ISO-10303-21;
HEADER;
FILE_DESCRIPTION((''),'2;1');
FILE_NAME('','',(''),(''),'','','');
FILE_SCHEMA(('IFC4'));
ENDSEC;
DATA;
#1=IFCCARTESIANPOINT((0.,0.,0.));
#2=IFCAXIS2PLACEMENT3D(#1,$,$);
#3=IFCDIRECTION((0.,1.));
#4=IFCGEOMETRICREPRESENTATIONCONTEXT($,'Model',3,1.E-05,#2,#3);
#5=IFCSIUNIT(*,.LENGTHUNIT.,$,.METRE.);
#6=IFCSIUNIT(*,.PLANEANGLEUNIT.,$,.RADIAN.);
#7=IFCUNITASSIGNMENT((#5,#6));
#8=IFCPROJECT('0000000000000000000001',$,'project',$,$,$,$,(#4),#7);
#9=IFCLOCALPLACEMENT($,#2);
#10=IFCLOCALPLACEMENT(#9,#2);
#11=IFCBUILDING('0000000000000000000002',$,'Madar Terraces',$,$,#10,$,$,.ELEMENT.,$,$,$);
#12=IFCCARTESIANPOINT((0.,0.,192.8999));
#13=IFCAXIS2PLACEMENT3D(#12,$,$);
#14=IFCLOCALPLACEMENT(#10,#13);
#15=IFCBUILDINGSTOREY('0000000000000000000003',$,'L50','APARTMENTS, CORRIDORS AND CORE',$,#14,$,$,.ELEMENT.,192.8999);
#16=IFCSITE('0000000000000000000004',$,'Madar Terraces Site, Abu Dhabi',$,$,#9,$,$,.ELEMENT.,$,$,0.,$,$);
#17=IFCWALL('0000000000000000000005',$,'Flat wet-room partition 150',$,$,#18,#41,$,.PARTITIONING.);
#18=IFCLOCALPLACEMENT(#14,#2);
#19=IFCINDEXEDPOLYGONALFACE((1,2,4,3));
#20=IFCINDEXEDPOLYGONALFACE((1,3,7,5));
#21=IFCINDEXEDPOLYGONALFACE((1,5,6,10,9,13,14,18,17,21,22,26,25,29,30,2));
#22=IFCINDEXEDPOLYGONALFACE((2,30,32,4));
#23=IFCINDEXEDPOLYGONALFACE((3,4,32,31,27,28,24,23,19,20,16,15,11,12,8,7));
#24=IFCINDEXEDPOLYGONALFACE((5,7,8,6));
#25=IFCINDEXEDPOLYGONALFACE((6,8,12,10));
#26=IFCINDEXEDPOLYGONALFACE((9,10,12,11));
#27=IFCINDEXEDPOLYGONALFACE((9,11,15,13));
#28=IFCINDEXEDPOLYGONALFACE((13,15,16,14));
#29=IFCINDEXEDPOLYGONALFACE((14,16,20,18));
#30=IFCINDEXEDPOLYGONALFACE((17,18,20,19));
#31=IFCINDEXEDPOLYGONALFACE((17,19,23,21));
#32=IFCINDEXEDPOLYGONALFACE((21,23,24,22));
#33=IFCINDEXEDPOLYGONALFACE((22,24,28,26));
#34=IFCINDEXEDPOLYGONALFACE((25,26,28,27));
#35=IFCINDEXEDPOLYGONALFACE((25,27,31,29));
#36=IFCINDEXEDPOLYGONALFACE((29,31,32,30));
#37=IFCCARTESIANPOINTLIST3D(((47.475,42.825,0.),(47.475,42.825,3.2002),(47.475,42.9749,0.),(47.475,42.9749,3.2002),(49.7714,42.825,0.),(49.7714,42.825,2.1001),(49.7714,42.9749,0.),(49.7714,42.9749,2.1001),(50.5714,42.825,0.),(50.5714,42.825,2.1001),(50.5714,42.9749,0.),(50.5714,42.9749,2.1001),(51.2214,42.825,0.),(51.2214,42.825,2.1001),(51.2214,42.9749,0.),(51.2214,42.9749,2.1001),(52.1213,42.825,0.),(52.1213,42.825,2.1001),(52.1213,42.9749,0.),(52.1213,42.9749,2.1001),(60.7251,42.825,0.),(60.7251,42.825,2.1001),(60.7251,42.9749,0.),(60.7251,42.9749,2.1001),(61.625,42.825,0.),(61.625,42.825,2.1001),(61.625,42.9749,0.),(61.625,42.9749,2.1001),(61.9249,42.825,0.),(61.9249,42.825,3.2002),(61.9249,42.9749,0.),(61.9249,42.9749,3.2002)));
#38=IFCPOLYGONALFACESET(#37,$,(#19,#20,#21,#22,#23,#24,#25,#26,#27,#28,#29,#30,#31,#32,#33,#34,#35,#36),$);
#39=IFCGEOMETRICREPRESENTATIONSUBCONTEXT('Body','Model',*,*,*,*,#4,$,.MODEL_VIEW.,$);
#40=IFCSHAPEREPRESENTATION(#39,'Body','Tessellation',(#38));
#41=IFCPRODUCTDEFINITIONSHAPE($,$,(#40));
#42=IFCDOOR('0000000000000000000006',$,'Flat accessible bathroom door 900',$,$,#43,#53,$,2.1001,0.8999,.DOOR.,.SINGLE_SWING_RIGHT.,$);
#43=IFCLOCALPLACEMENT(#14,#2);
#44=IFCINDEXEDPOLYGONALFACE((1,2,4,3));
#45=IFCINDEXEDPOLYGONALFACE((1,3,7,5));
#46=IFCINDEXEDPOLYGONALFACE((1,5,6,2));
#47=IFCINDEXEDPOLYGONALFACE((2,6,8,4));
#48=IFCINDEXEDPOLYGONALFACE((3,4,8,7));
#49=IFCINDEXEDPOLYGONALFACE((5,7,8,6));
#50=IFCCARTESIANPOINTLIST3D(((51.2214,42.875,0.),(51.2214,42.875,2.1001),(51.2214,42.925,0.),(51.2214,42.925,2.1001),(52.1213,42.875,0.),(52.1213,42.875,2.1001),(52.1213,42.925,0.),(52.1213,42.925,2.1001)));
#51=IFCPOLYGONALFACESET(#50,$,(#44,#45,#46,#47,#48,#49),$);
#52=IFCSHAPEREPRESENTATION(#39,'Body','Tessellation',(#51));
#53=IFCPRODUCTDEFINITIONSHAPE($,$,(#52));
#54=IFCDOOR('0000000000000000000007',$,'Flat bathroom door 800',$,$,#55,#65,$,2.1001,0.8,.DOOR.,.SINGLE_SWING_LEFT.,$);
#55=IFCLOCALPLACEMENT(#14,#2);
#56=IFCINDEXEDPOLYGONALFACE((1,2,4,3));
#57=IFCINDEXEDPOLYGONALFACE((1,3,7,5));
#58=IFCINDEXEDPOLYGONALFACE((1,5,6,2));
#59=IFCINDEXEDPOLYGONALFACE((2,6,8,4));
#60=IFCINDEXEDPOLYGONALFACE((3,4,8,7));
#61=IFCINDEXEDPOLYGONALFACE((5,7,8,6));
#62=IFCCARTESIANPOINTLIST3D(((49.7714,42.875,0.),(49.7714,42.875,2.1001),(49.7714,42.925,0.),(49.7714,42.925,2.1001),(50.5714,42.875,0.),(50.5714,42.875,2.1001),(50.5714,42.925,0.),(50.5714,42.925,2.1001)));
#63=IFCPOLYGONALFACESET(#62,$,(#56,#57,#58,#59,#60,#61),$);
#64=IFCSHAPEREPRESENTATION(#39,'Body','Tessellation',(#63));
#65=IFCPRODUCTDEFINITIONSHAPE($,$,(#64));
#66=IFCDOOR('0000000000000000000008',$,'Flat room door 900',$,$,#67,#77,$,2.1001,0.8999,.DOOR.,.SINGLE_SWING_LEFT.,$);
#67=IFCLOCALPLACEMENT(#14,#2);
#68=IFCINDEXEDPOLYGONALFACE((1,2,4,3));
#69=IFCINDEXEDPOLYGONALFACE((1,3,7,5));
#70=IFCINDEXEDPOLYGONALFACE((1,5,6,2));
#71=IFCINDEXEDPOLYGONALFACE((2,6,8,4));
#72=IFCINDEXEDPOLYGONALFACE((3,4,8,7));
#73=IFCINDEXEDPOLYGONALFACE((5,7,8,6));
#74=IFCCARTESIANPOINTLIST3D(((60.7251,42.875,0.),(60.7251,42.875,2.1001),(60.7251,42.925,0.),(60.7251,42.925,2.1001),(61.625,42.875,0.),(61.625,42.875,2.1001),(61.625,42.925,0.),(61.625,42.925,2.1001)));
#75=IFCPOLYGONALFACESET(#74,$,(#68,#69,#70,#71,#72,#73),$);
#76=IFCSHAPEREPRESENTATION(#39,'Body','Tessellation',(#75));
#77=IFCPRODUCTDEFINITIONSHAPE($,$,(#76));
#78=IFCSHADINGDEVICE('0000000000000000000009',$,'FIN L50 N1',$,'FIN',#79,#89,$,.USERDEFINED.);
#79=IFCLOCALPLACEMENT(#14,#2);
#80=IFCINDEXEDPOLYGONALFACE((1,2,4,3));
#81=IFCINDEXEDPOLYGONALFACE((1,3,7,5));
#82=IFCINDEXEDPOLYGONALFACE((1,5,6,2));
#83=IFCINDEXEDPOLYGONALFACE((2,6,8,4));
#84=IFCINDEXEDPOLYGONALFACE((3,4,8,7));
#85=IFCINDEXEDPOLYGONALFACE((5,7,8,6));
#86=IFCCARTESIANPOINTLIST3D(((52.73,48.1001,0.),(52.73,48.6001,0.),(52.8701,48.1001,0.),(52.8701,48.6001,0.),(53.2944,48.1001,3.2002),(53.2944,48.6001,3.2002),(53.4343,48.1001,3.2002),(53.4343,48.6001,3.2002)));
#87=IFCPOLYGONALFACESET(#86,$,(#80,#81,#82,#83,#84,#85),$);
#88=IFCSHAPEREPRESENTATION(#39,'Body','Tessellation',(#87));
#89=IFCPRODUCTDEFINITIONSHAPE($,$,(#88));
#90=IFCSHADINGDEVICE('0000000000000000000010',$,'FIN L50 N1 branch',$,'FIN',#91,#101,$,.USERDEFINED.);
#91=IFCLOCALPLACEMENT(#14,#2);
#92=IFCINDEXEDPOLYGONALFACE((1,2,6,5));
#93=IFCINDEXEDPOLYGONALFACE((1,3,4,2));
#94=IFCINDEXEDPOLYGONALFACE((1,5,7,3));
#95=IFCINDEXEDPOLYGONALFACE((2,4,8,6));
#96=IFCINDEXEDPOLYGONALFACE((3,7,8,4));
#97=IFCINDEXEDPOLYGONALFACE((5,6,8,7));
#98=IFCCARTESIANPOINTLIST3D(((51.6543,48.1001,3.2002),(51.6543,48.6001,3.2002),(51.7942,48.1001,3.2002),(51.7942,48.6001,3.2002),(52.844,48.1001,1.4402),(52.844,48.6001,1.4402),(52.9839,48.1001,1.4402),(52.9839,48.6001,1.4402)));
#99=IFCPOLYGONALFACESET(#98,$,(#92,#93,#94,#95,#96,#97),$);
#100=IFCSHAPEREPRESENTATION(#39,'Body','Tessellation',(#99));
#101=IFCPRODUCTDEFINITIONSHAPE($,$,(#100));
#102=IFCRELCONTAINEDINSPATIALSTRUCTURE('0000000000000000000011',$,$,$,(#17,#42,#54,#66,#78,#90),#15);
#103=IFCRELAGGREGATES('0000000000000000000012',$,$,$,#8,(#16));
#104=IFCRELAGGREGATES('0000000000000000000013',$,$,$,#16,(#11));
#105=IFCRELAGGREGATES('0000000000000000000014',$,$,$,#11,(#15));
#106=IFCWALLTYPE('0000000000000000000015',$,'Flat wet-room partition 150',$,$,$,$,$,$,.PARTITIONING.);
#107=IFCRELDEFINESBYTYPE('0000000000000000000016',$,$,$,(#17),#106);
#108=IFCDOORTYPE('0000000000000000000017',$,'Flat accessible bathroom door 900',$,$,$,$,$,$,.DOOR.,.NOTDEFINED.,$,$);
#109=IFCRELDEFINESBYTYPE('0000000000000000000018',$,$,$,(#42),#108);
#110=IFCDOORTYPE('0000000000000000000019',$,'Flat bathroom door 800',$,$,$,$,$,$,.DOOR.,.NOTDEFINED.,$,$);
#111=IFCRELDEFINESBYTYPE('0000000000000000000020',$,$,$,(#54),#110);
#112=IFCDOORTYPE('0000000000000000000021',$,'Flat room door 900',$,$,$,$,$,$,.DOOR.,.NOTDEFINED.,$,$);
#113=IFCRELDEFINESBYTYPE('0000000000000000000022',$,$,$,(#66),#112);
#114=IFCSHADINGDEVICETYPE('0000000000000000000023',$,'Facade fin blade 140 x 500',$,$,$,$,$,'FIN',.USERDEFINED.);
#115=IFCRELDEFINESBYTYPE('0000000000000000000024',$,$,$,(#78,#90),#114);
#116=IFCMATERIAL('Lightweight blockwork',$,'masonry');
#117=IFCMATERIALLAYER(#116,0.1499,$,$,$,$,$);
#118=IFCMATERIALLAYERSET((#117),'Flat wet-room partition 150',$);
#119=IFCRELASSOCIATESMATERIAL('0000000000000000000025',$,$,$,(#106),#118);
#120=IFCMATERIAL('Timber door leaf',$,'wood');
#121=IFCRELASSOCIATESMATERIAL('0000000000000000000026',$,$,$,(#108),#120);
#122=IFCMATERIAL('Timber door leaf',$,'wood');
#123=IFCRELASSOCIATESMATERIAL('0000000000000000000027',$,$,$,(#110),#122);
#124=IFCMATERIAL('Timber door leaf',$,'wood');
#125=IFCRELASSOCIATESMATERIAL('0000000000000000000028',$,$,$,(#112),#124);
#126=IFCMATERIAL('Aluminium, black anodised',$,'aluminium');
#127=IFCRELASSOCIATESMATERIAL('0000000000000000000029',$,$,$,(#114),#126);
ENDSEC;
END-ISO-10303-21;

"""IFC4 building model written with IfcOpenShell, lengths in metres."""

from ifc_helpers import new_model, si_unit, direction, frame, frame_2d, origin, place, context, subcontext, project, spatial, polyline, rectangle, outline, extrude, material, layer, layer_set, type_object, element, fill, save


model = new_model("IFC4")

# Units and contexts
model_context = context("Model", 3, precision=1e-05, world=origin(), true_north=direction((0.0, 1.0)))
body_context = subcontext(model_context, "Body", "Model", "MODEL_VIEW")
ifc_project = project(units=[si_unit("LENGTHUNIT", "METRE"), si_unit("PLANEANGLEUNIT", "RADIAN")], contexts=[model_context])

# Site, building, storey
site_placement = place(None, origin())
site = spatial("IfcSite", under=ifc_project, at=site_placement, Name="Madar Terraces Site, Abu Dhabi", CompositionType="ELEMENT", RefElevation=0.0)
building_placement = place(site_placement, origin())
building = spatial("IfcBuilding", under=site, at=building_placement, Name="Madar Terraces", CompositionType="ELEMENT")
storey_placement = place(building_placement, frame((0.0, 0.0, 192.8999)))
storey = spatial("IfcBuildingStorey", under=building, at=storey_placement, Name="L50", Description="APARTMENTS, CORRIDORS AND CORE", CompositionType="ELEMENT", Elevation=192.8999)

# Shared definitions
ifc_material_1 = material(Name="Lightweight blockwork", Category="masonry")
ifc_layer_1 = layer(ifc_material_1, 0.1499)
ifc_layer_set_1 = layer_set([ifc_layer_1], Name="Flat wet-room partition 150")
wall_type_1 = type_object("IfcWallType", Name="Flat wet-room partition 150", PredefinedType="PARTITIONING", material=ifc_layer_set_1)

# Wall, openings, doors
wall_1_placement = place(storey_placement, frame((61.925, 42.8999, 0.0), z_axis=(0.0, 0.0, 1.0), x_axis=(-1.0, 0.0, 0.0)))
wall_1 = element("IfcWall", 1, at=wall_1_placement, inside=storey, type_object=wall_type_1, Name="Flat wet-room partition 150", PredefinedType="PARTITIONING", context=body_context, shape_type="SweptSolid", body=[
    extrude(rectangle(XDim=14.45, YDim=0.1499, at=frame_2d((7.2251, 0.0))), origin(), (0.0, 0.0, 1.0), 3.2002),
])
opening_1_placement = place(wall_1_placement, frame((11.3538, 0.0, 0.0)))
opening_1 = element("IfcOpeningElement", 2, at=opening_1_placement, cuts=wall_1, PredefinedType="OPENING", context=body_context, shape_type="SweptSolid", body=[
    extrude(rectangle(XDim=0.8, YDim=2.1001, at=frame_2d((0.3999, 1.05))), frame((0.0, 0.085, 0.0), z_axis=(0.0, -1.0, 0.0), x_axis=(1.0, 0.0, 0.0)), (0.0, 0.0, 1.0), 0.1699),
])
opening_2_placement = place(wall_1_placement, frame((9.8037, 0.0, 0.0)))
opening_2 = element("IfcOpeningElement", 3, at=opening_2_placement, cuts=wall_1, PredefinedType="OPENING", context=body_context, shape_type="SweptSolid", body=[
    extrude(rectangle(XDim=0.8999, YDim=2.1001, at=frame_2d((0.45, 1.05))), frame((0.0, 0.085, 0.0), z_axis=(0.0, -1.0, 0.0), x_axis=(1.0, 0.0, 0.0)), (0.0, 0.0, 1.0), 0.1699),
])
opening_3_placement = place(wall_1_placement, frame((0.3, 0.0, 0.0)))
opening_3 = element("IfcOpeningElement", 4, at=opening_3_placement, cuts=wall_1, PredefinedType="OPENING", context=body_context, shape_type="SweptSolid", body=[
    extrude(rectangle(XDim=0.8999, YDim=2.1001, at=frame_2d((0.45, 1.05))), frame((0.0, 0.085, 0.0), z_axis=(0.0, -1.0, 0.0), x_axis=(1.0, 0.0, 0.0)), (0.0, 0.0, 1.0), 0.1699),
])
ifc_material_2 = material(Name="Timber door leaf", Category="wood")
door_type_1 = type_object("IfcDoorType", Name="Flat accessible bathroom door 900", OperationType="NOTDEFINED", PredefinedType="DOOR", material=ifc_material_2)
door_1_placement = place(opening_2_placement, origin())
door_1 = element("IfcDoor", 5, at=door_1_placement, inside=storey, type_object=door_type_1, Name="Flat accessible bathroom door 900", OperationType="SINGLE_SWING_RIGHT", OverallHeight=2.1001, OverallWidth=0.8999, PredefinedType="DOOR", context=body_context, shape_type="SweptSolid", body=[
    extrude(rectangle(XDim=0.8999, YDim=2.1001, at=frame_2d((0.45, 1.05))), frame((0.0, 0.0249, 0.0), z_axis=(0.0, -1.0, 0.0), x_axis=(1.0, 0.0, 0.0)), (0.0, 0.0, 1.0), 0.05),
])
fill(opening_2, door_1)
ifc_material_3 = material(Name="Timber door leaf", Category="wood")
door_type_2 = type_object("IfcDoorType", Name="Flat bathroom door 800", OperationType="NOTDEFINED", PredefinedType="DOOR", material=ifc_material_3)
door_2_placement = place(opening_1_placement, origin())
door_2 = element("IfcDoor", 6, at=door_2_placement, inside=storey, type_object=door_type_2, Name="Flat bathroom door 800", OperationType="SINGLE_SWING_LEFT", OverallHeight=2.1001, OverallWidth=0.8, PredefinedType="DOOR", context=body_context, shape_type="SweptSolid", body=[
    extrude(rectangle(XDim=0.8, YDim=2.1001, at=frame_2d((0.3999, 1.05))), frame((0.0, 0.0249, 0.0), z_axis=(0.0, -1.0, 0.0), x_axis=(1.0, 0.0, 0.0)), (0.0, 0.0, 1.0), 0.05),
])
fill(opening_1, door_2)
ifc_material_4 = material(Name="Timber door leaf", Category="wood")
door_type_3 = type_object("IfcDoorType", Name="Flat room door 900", OperationType="NOTDEFINED", PredefinedType="DOOR", material=ifc_material_4)
door_3_placement = place(opening_3_placement, origin())
door_3 = element("IfcDoor", 7, at=door_3_placement, inside=storey, type_object=door_type_3, Name="Flat room door 900", OperationType="SINGLE_SWING_LEFT", OverallHeight=2.1001, OverallWidth=0.8999, PredefinedType="DOOR", context=body_context, shape_type="SweptSolid", body=[
    extrude(rectangle(XDim=0.8999, YDim=2.1001, at=frame_2d((0.45, 1.05))), frame((0.0, 0.0249, 0.0), z_axis=(0.0, -1.0, 0.0), x_axis=(1.0, 0.0, 0.0)), (0.0, 0.0, 1.0), 0.05),
])
fill(opening_3, door_3)

# Shading devices
ifc_material_5 = material(Name="Aluminium, black anodised", Category="aluminium")
shading_device_type = type_object("IfcShadingDeviceType", Name="Facade fin blade 140 x 500", ElementType="FIN", PredefinedType="USERDEFINED", material=ifc_material_5)
shading_device_1_placement = place(storey_placement, frame((52.8701, 48.3501, 0.0), z_axis=(0.0, 0.0, 1.0), x_axis=(-1.0, 0.0, 0.0)))
element("IfcShadingDevice", 8, at=shading_device_1_placement, inside=storey, type_object=shading_device_type, Name="FIN L50 N1", ObjectType="FIN", PredefinedType="USERDEFINED", context=body_context, shape_type="SweptSolid", body=[
    extrude(outline(polyline([(0.0, 0.0), (0.1401, 0.0), (-0.4243, 3.2002), (-0.5642, 3.2002), (0.0, 0.0)])), frame((0.0, 0.25, 0.0), z_axis=(0.0, -1.0, 0.0), x_axis=(1.0, 0.0, 0.0)), (0.0, 0.0, 1.0), 0.5),
])
shading_device_2_placement = place(storey_placement, frame((52.9839, 48.3501, 1.4402), z_axis=(0.0, 0.0, 1.0), x_axis=(-1.0, 0.0, 0.0)))
element("IfcShadingDevice", 9, at=shading_device_2_placement, inside=storey, type_object=shading_device_type, Name="FIN L50 N1 branch", ObjectType="FIN", PredefinedType="USERDEFINED", context=body_context, shape_type="SweptSolid", body=[
    extrude(outline(polyline([(0.0, 0.0), (0.1399, 0.0), (1.3296, 1.76), (1.1897, 1.76), (0.0, 0.0)])), frame((0.0, 0.25, 0.0), z_axis=(0.0, -1.0, 0.0), x_axis=(1.0, 0.0, 0.0)), (0.0, 0.0, 1.0), 0.5),
])

save(model, "model.ifc")
